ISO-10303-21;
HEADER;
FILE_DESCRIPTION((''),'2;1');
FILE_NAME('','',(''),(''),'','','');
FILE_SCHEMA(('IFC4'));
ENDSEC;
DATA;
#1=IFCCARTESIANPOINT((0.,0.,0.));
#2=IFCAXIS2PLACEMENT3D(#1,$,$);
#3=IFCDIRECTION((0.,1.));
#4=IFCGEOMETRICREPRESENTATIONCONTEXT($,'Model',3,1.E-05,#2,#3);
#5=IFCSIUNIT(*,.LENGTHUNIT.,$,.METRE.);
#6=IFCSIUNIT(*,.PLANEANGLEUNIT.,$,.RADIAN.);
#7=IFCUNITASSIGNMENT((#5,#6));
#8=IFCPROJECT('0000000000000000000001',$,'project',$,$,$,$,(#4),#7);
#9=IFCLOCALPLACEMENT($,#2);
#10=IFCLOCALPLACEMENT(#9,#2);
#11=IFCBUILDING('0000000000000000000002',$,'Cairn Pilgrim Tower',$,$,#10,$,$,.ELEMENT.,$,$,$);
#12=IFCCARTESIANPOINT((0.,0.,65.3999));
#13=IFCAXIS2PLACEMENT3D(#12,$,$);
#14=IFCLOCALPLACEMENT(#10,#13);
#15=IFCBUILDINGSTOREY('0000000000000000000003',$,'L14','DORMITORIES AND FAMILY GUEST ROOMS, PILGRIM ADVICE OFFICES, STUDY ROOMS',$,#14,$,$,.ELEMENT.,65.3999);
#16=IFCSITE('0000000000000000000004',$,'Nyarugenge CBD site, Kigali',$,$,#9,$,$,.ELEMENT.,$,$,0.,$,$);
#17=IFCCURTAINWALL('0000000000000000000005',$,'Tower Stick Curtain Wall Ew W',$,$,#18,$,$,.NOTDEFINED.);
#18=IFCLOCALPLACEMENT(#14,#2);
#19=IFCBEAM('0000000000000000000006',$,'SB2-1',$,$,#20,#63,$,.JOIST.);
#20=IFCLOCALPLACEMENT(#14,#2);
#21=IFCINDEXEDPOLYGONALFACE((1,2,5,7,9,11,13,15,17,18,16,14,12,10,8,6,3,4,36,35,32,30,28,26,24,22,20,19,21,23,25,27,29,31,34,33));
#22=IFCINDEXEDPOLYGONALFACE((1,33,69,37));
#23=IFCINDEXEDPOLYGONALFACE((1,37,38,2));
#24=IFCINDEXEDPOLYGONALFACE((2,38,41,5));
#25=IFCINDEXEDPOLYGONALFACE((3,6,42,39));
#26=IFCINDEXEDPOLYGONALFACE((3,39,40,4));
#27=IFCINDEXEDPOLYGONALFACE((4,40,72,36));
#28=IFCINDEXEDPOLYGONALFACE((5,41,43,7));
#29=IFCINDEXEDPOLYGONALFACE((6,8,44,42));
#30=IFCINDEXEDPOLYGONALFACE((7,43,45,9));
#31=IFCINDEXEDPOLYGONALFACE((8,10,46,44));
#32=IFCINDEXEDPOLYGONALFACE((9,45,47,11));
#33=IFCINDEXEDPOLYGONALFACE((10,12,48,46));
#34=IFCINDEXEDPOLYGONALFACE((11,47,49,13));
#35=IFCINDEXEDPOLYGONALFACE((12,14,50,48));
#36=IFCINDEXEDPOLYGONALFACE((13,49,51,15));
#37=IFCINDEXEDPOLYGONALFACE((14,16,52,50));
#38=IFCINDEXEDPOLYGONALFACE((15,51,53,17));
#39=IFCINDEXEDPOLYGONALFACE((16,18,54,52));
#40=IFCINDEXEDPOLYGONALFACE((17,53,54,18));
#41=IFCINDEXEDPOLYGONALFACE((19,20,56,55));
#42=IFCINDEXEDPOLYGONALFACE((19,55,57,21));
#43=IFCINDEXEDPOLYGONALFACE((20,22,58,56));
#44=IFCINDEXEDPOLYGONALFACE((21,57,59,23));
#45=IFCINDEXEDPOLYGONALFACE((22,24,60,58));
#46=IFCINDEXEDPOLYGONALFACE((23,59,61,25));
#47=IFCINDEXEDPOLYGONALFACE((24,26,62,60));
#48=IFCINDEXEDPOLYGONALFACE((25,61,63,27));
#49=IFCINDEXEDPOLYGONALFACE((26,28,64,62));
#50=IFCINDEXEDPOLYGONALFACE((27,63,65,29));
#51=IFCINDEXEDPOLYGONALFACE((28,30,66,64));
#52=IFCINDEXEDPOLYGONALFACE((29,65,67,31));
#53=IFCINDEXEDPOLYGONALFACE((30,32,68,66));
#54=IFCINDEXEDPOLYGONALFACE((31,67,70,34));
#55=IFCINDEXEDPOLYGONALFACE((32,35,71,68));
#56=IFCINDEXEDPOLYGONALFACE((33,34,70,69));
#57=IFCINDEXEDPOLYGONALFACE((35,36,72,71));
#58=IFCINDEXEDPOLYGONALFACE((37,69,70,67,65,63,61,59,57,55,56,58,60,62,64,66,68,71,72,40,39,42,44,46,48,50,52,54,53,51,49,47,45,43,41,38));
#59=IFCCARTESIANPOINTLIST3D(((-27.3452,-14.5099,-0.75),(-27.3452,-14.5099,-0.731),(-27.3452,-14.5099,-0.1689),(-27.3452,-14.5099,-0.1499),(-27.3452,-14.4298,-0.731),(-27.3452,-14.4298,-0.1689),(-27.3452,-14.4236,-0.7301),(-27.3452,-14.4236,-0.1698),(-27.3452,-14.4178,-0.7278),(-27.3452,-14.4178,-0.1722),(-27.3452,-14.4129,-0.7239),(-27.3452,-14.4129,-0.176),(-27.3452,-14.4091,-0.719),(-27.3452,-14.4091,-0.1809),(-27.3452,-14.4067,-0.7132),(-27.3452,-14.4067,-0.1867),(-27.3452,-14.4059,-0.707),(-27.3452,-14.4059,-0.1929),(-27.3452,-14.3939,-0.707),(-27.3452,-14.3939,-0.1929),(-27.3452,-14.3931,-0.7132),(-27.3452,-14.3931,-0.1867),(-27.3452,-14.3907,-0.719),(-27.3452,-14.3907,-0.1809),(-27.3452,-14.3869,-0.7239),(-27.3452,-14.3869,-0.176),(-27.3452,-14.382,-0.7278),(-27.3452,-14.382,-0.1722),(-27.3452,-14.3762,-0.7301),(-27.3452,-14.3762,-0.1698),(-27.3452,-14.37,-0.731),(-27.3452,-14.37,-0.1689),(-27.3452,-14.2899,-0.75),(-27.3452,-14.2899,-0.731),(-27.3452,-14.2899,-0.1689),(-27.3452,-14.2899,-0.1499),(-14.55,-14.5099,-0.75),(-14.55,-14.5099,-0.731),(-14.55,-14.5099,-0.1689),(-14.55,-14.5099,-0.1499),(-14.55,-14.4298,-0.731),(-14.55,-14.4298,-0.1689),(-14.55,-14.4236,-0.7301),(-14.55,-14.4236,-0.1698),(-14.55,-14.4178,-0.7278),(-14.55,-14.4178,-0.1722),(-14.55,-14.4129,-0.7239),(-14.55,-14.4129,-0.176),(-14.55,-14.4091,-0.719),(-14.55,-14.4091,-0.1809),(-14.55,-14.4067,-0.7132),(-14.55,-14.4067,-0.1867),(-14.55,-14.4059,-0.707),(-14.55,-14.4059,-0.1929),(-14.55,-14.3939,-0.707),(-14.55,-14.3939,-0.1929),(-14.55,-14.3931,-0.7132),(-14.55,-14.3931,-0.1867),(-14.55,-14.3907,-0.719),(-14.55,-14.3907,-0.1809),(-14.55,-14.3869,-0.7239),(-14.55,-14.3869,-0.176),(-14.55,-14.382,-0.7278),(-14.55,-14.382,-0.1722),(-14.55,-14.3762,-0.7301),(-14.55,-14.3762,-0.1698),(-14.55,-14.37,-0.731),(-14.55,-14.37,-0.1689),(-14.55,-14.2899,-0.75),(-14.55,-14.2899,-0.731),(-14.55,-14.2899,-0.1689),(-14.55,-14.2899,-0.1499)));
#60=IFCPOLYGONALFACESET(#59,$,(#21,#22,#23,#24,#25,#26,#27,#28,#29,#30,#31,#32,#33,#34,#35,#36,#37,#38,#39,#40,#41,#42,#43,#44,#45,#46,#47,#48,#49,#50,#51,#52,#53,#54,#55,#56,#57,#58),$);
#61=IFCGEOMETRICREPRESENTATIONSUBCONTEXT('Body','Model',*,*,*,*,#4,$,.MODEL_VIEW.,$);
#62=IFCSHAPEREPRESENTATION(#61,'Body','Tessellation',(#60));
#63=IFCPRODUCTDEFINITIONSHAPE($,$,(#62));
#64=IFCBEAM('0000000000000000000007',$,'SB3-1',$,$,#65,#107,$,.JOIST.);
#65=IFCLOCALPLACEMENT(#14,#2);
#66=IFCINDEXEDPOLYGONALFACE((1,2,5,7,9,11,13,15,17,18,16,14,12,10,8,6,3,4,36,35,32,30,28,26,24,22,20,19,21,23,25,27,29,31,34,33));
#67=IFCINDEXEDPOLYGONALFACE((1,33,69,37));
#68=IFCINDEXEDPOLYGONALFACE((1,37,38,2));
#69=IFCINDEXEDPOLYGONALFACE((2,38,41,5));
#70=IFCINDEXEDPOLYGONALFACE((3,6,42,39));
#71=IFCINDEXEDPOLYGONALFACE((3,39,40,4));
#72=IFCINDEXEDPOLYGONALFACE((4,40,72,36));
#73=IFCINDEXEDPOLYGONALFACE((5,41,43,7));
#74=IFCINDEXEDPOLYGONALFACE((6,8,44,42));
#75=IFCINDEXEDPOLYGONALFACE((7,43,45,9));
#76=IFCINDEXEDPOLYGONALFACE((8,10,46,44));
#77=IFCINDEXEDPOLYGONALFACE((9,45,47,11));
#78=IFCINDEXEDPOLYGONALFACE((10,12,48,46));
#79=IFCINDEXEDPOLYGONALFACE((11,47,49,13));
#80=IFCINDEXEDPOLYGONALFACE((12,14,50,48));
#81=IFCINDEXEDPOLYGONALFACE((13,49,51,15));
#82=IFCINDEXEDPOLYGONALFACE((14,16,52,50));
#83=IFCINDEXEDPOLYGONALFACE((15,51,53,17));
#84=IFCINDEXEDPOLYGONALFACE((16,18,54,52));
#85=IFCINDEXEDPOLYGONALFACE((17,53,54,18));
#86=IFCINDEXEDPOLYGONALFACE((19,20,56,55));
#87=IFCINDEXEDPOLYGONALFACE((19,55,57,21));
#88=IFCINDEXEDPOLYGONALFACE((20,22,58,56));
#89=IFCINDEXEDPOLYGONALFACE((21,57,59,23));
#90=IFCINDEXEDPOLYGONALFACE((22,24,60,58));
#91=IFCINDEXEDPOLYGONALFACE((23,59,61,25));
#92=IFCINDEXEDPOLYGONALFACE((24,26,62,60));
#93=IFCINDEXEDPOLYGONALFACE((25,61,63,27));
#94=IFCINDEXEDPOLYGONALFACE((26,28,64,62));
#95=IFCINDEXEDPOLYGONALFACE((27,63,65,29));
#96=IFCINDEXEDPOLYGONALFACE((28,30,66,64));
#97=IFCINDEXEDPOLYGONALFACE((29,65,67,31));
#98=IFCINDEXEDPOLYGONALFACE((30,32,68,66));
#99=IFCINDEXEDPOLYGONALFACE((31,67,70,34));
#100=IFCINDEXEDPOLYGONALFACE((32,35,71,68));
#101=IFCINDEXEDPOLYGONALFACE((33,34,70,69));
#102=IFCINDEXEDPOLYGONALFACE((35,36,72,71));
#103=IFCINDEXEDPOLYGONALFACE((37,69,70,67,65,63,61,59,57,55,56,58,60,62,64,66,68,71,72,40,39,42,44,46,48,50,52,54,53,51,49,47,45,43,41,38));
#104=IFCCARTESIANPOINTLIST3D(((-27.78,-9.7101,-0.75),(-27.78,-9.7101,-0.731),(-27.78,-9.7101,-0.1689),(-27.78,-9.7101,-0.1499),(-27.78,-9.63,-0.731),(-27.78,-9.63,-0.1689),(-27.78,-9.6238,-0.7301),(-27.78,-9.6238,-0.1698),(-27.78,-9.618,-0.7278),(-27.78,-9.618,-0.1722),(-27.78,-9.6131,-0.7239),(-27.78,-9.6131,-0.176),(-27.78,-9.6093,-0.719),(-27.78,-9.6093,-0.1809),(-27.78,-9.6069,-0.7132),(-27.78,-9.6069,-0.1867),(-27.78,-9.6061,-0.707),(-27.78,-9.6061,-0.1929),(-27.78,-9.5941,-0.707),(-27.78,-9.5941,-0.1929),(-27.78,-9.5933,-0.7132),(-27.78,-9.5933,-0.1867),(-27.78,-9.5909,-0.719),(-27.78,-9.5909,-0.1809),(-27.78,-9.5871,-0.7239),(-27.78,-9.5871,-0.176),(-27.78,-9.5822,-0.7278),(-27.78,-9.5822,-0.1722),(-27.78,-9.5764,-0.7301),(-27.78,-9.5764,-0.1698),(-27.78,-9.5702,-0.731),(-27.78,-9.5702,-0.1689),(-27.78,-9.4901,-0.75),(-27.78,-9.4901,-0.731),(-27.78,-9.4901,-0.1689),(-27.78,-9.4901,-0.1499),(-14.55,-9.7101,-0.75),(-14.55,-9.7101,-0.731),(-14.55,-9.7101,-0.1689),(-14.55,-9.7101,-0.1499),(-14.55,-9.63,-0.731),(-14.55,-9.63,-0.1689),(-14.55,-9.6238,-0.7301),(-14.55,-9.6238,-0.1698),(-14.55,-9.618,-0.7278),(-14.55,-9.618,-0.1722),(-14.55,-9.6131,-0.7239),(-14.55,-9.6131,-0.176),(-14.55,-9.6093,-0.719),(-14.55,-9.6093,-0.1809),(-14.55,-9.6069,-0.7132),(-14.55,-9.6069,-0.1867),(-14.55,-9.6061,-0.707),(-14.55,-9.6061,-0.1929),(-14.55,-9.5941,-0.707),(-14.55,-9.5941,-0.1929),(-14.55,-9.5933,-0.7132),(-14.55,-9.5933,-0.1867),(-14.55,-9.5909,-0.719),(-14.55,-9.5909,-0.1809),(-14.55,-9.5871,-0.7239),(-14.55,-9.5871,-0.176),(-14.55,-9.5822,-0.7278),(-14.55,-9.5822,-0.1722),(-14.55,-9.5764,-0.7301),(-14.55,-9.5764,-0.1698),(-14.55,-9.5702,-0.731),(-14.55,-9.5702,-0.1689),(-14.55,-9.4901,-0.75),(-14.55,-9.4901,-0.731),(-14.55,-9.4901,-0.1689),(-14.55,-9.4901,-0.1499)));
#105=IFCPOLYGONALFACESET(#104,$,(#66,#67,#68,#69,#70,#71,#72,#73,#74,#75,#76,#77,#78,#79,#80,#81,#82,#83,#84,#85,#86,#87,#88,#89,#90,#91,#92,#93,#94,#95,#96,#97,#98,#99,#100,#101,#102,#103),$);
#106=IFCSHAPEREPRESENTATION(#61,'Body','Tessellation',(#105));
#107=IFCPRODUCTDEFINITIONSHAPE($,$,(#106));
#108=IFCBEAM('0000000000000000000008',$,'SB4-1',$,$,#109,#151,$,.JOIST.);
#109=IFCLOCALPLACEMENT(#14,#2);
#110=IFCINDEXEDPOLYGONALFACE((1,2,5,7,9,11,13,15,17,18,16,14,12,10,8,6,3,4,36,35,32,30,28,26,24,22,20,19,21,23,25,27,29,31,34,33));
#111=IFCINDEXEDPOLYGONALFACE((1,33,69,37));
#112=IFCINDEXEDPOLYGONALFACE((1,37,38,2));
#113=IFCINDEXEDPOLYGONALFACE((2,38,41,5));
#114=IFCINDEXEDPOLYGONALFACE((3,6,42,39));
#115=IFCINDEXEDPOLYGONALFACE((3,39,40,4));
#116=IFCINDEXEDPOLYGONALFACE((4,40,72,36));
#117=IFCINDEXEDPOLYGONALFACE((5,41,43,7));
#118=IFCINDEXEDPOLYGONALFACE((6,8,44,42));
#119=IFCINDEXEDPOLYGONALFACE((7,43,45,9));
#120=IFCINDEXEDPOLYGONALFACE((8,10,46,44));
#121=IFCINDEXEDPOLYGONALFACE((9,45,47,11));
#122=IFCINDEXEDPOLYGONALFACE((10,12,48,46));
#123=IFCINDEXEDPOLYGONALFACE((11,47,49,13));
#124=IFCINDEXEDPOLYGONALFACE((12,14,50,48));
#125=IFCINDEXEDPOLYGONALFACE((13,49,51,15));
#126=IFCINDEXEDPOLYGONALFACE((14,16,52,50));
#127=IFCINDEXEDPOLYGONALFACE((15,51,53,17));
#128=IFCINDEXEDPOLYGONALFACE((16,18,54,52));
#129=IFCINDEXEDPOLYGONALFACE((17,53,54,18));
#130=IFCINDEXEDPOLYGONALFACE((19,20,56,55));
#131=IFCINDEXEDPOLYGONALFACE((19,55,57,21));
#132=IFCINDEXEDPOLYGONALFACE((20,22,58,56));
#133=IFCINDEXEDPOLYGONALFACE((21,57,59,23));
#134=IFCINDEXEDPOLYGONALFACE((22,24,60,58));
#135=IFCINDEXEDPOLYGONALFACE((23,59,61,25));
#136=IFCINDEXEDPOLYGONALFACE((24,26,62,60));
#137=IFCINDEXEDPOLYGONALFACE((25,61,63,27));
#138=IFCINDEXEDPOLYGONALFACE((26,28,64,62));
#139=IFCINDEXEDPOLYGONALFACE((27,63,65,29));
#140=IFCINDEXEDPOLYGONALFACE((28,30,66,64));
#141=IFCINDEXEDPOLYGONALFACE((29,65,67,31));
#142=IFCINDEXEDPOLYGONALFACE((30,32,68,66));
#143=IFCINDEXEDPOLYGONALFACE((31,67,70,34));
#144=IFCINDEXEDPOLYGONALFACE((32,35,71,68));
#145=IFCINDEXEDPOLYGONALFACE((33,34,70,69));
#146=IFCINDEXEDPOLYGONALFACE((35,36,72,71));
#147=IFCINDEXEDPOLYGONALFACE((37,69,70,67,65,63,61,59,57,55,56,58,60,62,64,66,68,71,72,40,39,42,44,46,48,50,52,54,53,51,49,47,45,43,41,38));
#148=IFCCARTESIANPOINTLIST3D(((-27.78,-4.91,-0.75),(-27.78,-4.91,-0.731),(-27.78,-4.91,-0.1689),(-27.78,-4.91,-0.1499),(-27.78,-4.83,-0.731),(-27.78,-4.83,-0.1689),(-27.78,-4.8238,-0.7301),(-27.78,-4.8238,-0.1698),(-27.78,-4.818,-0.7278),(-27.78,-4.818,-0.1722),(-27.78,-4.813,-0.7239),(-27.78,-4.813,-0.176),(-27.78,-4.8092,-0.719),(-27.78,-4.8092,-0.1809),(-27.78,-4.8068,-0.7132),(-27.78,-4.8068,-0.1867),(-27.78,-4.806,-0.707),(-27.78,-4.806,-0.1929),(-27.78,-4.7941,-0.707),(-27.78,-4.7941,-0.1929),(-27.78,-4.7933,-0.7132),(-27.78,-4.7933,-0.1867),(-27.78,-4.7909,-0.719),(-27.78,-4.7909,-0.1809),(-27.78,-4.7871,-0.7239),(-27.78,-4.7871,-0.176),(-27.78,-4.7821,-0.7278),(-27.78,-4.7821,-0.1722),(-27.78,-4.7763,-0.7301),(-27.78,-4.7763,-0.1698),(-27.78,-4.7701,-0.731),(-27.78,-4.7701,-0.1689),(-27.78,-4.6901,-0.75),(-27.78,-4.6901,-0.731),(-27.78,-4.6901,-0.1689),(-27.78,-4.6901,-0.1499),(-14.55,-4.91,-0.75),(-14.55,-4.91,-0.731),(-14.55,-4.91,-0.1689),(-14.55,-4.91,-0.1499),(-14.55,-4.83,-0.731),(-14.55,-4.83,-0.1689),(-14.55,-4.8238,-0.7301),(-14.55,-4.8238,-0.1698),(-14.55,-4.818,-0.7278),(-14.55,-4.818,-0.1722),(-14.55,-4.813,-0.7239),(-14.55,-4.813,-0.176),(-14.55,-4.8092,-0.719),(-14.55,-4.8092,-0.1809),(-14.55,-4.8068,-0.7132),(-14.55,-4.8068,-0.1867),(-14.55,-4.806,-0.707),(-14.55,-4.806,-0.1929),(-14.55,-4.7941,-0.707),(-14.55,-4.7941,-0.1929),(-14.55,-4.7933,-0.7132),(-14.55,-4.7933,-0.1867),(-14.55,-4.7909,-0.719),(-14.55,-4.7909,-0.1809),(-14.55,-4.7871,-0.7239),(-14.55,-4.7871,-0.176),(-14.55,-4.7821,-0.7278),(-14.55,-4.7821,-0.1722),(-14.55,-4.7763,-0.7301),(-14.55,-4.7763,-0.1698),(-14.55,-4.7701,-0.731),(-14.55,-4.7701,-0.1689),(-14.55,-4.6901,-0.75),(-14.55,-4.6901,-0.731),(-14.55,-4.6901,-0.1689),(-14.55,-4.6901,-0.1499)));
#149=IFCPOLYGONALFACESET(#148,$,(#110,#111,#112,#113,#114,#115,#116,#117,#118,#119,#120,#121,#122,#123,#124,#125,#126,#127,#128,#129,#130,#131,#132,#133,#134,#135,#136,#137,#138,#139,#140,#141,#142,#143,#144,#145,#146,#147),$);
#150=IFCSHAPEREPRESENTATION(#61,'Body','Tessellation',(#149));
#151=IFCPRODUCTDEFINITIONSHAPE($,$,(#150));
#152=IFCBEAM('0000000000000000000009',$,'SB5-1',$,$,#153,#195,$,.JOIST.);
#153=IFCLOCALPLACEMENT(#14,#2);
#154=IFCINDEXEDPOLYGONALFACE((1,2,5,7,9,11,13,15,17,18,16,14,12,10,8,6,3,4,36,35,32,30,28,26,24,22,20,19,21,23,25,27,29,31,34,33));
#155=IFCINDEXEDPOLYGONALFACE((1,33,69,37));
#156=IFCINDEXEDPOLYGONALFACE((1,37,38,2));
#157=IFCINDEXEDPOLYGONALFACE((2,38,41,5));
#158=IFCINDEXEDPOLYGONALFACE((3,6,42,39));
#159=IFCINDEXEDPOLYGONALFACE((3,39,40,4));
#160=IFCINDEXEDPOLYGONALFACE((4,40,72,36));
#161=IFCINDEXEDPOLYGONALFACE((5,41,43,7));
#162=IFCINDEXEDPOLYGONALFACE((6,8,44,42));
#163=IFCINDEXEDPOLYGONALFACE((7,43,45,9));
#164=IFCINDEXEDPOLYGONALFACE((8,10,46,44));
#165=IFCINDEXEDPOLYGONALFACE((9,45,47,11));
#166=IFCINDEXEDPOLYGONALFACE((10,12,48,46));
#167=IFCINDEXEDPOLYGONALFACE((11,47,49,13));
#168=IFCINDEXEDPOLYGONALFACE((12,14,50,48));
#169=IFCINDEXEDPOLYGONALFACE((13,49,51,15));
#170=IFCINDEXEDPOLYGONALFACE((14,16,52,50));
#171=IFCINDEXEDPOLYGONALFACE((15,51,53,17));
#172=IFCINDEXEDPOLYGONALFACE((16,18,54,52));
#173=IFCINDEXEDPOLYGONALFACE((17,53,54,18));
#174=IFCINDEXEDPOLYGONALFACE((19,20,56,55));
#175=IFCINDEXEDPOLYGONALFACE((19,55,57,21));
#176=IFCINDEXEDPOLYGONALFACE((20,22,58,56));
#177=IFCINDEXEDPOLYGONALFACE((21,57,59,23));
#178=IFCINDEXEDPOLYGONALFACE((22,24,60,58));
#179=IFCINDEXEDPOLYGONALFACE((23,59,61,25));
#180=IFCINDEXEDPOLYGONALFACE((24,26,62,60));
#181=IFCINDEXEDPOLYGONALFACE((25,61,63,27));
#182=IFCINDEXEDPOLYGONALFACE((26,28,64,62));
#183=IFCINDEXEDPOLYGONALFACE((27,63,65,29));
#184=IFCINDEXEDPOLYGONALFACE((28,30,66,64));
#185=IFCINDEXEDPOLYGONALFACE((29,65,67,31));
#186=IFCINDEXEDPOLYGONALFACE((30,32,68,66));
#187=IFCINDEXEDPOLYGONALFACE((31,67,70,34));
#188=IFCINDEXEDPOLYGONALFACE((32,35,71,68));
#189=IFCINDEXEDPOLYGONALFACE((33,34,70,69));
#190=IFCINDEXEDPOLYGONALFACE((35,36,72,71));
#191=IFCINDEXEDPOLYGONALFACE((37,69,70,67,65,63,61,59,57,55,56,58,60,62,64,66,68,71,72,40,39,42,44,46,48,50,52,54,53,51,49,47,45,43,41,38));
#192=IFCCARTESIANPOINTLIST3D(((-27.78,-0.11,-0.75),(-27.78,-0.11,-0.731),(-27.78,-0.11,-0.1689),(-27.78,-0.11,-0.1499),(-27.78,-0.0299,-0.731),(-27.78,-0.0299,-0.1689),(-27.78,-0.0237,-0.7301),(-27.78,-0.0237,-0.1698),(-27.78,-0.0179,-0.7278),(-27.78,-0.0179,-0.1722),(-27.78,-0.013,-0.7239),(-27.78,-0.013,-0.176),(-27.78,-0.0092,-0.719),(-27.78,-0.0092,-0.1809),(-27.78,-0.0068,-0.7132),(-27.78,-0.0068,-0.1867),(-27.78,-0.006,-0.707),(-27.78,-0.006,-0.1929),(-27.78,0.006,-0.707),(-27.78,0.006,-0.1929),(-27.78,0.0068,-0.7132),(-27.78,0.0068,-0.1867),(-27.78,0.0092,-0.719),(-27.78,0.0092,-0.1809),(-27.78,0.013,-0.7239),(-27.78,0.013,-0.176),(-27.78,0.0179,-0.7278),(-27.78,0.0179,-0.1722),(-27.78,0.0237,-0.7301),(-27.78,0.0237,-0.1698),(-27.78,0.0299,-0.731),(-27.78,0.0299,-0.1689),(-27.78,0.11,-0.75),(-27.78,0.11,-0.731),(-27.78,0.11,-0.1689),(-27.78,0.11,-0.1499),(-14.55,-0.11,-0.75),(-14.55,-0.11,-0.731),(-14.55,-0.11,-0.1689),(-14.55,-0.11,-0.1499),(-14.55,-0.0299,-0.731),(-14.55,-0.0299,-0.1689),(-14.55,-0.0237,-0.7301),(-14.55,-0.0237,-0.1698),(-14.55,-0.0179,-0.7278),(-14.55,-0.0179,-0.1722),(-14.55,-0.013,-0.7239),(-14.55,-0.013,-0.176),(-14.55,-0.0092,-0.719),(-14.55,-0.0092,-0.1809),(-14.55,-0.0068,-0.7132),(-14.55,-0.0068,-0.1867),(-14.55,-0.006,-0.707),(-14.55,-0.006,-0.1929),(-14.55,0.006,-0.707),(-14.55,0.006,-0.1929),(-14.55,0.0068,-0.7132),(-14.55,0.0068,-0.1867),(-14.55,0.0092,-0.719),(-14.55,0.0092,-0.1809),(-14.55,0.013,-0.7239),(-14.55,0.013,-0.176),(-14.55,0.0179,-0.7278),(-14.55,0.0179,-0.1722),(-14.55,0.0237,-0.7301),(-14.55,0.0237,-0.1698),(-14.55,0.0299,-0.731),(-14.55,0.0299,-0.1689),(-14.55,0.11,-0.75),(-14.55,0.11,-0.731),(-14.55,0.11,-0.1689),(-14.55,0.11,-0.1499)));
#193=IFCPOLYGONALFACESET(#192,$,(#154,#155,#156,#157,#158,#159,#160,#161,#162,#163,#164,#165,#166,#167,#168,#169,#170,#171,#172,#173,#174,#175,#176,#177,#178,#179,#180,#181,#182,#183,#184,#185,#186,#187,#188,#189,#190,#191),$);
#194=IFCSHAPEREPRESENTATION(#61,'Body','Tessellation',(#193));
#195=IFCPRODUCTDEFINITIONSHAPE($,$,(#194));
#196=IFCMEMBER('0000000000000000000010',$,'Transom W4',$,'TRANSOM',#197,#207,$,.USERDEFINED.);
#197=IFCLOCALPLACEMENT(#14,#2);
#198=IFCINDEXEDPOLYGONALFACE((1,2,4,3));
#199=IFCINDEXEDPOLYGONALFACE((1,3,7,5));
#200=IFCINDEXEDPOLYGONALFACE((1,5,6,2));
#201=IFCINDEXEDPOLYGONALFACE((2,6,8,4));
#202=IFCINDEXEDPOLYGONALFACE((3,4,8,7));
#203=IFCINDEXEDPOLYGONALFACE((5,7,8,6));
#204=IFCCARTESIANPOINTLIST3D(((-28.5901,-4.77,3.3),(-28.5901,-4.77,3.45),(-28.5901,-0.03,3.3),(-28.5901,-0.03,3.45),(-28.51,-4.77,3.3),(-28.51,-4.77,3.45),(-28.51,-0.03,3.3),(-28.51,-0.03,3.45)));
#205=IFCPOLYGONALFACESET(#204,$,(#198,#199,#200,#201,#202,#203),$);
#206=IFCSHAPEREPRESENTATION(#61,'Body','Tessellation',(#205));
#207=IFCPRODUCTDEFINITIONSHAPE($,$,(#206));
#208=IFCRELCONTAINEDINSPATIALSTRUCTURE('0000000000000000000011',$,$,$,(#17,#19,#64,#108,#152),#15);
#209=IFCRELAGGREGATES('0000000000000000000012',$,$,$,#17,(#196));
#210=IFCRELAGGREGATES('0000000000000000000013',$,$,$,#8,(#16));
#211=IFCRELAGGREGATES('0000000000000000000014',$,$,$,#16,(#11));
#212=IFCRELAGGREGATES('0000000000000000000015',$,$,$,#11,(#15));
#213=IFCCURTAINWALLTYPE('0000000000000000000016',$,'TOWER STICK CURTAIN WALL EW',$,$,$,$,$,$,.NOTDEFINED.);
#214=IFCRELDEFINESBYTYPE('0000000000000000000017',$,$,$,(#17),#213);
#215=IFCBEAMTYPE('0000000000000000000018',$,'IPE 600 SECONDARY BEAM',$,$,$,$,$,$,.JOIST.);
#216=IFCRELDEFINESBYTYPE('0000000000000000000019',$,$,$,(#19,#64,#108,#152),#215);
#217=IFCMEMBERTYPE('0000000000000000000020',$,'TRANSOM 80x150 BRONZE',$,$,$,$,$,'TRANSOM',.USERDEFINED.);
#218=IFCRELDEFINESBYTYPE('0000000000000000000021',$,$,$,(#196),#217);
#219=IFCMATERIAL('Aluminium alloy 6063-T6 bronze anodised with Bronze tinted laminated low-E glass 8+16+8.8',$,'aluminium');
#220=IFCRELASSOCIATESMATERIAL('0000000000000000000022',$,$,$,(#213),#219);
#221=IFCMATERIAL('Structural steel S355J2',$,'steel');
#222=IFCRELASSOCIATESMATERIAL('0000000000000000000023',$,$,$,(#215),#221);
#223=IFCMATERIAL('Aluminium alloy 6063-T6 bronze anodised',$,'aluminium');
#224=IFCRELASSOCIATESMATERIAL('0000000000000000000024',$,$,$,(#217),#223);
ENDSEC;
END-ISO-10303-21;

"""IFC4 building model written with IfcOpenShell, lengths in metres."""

from ifc_helpers import new_model, si_unit, direction, frame, origin, origin_2d, place, context, subcontext, project, spatial, rectangle, i_section, extrude, material, material_profile, profile_set, type_object, element, aggregate, save


model = new_model("IFC4")

# Units and contexts
model_context = context("Model", 3, precision=1e-05, world=origin(), true_north=direction((0.0, 1.0)))
body_context = subcontext(model_context, "Body", "Model", "MODEL_VIEW")
ifc_project = project(units=[si_unit("LENGTHUNIT", "METRE"), si_unit("PLANEANGLEUNIT", "RADIAN")], contexts=[model_context])

# Site, building, storey
site_placement = place(None, origin())
site = spatial("IfcSite", under=ifc_project, at=site_placement, Name="Nyarugenge CBD site, Kigali", CompositionType="ELEMENT", RefElevation=0.0)
building_placement = place(site_placement, origin())
building = spatial("IfcBuilding", under=site, at=building_placement, Name="Cairn Pilgrim Tower", CompositionType="ELEMENT")
storey_placement = place(building_placement, frame((0.0, 0.0, 65.3999)))
storey = spatial("IfcBuildingStorey", under=building, at=storey_placement, Name="L14", Description="DORMITORIES AND FAMILY GUEST ROOMS, PILGRIM ADVICE OFFICES, STUDY ROOMS", CompositionType="ELEMENT", Elevation=65.3999)

# Curtain wall
ifc_material_1 = material(Name="Aluminium alloy 6063-T6 bronze anodised with Bronze tinted laminated low-E glass 8+16+8.8", Category="aluminium")
curtain_wall_type_1 = type_object("IfcCurtainWallType", Name="TOWER STICK CURTAIN WALL EW", PredefinedType="NOTDEFINED", material=ifc_material_1)
curtain_wall_1_placement = place(storey_placement, origin())
curtain_wall_1 = element("IfcCurtainWall", 1, at=curtain_wall_1_placement, inside=storey, type_object=curtain_wall_type_1, Name="Tower Stick Curtain Wall Ew W", PredefinedType="NOTDEFINED")
ifc_material_2 = material(Name="Aluminium alloy 6063-T6 bronze anodised", Category="aluminium")

# Beams
ifc_material_3 = material(Name="Structural steel S355J2", Category="steel")
ifc_material_profile_1 = material_profile(ifc_material_3, i_section(OverallWidth=0.22, OverallDepth=0.6001, WebThickness=0.012, FlangeThickness=0.019, FilletRadius=0.0239, at=origin_2d()), Name="IPE 600")
ifc_profile_set_1 = profile_set([ifc_material_profile_1], Name="Structural steel S355J2")
beam_type_1 = type_object("IfcBeamType", Name="IPE 600 SECONDARY BEAM", PredefinedType="JOIST", material=ifc_profile_set_1)
beam_1_placement = place(storey_placement, frame((-27.3452, -14.3999, -0.45), z_axis=(1.0, 0.0, 0.0), x_axis=(0.0, 1.0, 0.0)))
element("IfcBeam", 2, at=beam_1_placement, inside=storey, type_object=beam_type_1, Name="SB2-1", PredefinedType="JOIST", context=body_context, shape_type="SweptSolid", body=[
    extrude(i_section(OverallWidth=0.22, OverallDepth=0.6001, WebThickness=0.012, FlangeThickness=0.019, FilletRadius=0.0239, at=origin_2d()), origin(), (0.0, 0.0, 1.0), 12.7952),
])
for number, where, z_axis, x_axis, name in (
    (3, (-27.78, -9.6001, -0.45), (1.0, 0.0, 0.0), (0.0, 1.0, 0.0), "SB3-1"),
    (4, (-27.78, -4.8, -0.45), (1.0, 0.0, 0.0), (0.0, 1.0, 0.0), "SB4-1"),
    (5, (-27.78, 0.0, -0.45), (1.0, 0.0, 0.0), (0.0, 1.0, 0.0), "SB5-1"),
):
    element("IfcBeam", number, at=place(storey_placement, frame(where, z_axis=z_axis, x_axis=x_axis)), inside=storey, type_object=beam_type_1, Name=name, PredefinedType="JOIST", context=body_context, shape_type="SweptSolid", body=[
        extrude(i_section(OverallWidth=0.22, OverallDepth=0.6001, WebThickness=0.012, FlangeThickness=0.019, FilletRadius=0.0239, at=origin_2d()), origin(), (0.0, 0.0, 1.0), 13.23),
    ])

# Member
ifc_material_profile_2 = material_profile(ifc_material_2, rectangle(XDim=0.0801, YDim=0.1499, at=origin_2d()), Name="TRANSOM 80x150 BRONZE")
ifc_profile_set_2 = profile_set([ifc_material_profile_2], Name="Aluminium alloy 6063-T6 bronze anodised")
member_type_1 = type_object("IfcMemberType", Name="TRANSOM 80x150 BRONZE", ElementType="TRANSOM", PredefinedType="USERDEFINED", material=ifc_profile_set_2)
member_1_placement = place(storey_placement, frame((-28.55, -0.03, 3.375), z_axis=(0.0, -1.0, 0.0), x_axis=(1.0, 0.0, 0.0)))
member_1 = element("IfcMember", 6, at=member_1_placement, type_object=member_type_1, Name="Transom W4", ObjectType="TRANSOM", PredefinedType="USERDEFINED", context=body_context, shape_type="SweptSolid", body=[
    extrude(rectangle(XDim=0.0801, YDim=0.1499, at=origin_2d()), origin(), (0.0, 0.0, 1.0), 4.74),
])

aggregate(curtain_wall_1, [member_1])

save(model, "model.ifc")
